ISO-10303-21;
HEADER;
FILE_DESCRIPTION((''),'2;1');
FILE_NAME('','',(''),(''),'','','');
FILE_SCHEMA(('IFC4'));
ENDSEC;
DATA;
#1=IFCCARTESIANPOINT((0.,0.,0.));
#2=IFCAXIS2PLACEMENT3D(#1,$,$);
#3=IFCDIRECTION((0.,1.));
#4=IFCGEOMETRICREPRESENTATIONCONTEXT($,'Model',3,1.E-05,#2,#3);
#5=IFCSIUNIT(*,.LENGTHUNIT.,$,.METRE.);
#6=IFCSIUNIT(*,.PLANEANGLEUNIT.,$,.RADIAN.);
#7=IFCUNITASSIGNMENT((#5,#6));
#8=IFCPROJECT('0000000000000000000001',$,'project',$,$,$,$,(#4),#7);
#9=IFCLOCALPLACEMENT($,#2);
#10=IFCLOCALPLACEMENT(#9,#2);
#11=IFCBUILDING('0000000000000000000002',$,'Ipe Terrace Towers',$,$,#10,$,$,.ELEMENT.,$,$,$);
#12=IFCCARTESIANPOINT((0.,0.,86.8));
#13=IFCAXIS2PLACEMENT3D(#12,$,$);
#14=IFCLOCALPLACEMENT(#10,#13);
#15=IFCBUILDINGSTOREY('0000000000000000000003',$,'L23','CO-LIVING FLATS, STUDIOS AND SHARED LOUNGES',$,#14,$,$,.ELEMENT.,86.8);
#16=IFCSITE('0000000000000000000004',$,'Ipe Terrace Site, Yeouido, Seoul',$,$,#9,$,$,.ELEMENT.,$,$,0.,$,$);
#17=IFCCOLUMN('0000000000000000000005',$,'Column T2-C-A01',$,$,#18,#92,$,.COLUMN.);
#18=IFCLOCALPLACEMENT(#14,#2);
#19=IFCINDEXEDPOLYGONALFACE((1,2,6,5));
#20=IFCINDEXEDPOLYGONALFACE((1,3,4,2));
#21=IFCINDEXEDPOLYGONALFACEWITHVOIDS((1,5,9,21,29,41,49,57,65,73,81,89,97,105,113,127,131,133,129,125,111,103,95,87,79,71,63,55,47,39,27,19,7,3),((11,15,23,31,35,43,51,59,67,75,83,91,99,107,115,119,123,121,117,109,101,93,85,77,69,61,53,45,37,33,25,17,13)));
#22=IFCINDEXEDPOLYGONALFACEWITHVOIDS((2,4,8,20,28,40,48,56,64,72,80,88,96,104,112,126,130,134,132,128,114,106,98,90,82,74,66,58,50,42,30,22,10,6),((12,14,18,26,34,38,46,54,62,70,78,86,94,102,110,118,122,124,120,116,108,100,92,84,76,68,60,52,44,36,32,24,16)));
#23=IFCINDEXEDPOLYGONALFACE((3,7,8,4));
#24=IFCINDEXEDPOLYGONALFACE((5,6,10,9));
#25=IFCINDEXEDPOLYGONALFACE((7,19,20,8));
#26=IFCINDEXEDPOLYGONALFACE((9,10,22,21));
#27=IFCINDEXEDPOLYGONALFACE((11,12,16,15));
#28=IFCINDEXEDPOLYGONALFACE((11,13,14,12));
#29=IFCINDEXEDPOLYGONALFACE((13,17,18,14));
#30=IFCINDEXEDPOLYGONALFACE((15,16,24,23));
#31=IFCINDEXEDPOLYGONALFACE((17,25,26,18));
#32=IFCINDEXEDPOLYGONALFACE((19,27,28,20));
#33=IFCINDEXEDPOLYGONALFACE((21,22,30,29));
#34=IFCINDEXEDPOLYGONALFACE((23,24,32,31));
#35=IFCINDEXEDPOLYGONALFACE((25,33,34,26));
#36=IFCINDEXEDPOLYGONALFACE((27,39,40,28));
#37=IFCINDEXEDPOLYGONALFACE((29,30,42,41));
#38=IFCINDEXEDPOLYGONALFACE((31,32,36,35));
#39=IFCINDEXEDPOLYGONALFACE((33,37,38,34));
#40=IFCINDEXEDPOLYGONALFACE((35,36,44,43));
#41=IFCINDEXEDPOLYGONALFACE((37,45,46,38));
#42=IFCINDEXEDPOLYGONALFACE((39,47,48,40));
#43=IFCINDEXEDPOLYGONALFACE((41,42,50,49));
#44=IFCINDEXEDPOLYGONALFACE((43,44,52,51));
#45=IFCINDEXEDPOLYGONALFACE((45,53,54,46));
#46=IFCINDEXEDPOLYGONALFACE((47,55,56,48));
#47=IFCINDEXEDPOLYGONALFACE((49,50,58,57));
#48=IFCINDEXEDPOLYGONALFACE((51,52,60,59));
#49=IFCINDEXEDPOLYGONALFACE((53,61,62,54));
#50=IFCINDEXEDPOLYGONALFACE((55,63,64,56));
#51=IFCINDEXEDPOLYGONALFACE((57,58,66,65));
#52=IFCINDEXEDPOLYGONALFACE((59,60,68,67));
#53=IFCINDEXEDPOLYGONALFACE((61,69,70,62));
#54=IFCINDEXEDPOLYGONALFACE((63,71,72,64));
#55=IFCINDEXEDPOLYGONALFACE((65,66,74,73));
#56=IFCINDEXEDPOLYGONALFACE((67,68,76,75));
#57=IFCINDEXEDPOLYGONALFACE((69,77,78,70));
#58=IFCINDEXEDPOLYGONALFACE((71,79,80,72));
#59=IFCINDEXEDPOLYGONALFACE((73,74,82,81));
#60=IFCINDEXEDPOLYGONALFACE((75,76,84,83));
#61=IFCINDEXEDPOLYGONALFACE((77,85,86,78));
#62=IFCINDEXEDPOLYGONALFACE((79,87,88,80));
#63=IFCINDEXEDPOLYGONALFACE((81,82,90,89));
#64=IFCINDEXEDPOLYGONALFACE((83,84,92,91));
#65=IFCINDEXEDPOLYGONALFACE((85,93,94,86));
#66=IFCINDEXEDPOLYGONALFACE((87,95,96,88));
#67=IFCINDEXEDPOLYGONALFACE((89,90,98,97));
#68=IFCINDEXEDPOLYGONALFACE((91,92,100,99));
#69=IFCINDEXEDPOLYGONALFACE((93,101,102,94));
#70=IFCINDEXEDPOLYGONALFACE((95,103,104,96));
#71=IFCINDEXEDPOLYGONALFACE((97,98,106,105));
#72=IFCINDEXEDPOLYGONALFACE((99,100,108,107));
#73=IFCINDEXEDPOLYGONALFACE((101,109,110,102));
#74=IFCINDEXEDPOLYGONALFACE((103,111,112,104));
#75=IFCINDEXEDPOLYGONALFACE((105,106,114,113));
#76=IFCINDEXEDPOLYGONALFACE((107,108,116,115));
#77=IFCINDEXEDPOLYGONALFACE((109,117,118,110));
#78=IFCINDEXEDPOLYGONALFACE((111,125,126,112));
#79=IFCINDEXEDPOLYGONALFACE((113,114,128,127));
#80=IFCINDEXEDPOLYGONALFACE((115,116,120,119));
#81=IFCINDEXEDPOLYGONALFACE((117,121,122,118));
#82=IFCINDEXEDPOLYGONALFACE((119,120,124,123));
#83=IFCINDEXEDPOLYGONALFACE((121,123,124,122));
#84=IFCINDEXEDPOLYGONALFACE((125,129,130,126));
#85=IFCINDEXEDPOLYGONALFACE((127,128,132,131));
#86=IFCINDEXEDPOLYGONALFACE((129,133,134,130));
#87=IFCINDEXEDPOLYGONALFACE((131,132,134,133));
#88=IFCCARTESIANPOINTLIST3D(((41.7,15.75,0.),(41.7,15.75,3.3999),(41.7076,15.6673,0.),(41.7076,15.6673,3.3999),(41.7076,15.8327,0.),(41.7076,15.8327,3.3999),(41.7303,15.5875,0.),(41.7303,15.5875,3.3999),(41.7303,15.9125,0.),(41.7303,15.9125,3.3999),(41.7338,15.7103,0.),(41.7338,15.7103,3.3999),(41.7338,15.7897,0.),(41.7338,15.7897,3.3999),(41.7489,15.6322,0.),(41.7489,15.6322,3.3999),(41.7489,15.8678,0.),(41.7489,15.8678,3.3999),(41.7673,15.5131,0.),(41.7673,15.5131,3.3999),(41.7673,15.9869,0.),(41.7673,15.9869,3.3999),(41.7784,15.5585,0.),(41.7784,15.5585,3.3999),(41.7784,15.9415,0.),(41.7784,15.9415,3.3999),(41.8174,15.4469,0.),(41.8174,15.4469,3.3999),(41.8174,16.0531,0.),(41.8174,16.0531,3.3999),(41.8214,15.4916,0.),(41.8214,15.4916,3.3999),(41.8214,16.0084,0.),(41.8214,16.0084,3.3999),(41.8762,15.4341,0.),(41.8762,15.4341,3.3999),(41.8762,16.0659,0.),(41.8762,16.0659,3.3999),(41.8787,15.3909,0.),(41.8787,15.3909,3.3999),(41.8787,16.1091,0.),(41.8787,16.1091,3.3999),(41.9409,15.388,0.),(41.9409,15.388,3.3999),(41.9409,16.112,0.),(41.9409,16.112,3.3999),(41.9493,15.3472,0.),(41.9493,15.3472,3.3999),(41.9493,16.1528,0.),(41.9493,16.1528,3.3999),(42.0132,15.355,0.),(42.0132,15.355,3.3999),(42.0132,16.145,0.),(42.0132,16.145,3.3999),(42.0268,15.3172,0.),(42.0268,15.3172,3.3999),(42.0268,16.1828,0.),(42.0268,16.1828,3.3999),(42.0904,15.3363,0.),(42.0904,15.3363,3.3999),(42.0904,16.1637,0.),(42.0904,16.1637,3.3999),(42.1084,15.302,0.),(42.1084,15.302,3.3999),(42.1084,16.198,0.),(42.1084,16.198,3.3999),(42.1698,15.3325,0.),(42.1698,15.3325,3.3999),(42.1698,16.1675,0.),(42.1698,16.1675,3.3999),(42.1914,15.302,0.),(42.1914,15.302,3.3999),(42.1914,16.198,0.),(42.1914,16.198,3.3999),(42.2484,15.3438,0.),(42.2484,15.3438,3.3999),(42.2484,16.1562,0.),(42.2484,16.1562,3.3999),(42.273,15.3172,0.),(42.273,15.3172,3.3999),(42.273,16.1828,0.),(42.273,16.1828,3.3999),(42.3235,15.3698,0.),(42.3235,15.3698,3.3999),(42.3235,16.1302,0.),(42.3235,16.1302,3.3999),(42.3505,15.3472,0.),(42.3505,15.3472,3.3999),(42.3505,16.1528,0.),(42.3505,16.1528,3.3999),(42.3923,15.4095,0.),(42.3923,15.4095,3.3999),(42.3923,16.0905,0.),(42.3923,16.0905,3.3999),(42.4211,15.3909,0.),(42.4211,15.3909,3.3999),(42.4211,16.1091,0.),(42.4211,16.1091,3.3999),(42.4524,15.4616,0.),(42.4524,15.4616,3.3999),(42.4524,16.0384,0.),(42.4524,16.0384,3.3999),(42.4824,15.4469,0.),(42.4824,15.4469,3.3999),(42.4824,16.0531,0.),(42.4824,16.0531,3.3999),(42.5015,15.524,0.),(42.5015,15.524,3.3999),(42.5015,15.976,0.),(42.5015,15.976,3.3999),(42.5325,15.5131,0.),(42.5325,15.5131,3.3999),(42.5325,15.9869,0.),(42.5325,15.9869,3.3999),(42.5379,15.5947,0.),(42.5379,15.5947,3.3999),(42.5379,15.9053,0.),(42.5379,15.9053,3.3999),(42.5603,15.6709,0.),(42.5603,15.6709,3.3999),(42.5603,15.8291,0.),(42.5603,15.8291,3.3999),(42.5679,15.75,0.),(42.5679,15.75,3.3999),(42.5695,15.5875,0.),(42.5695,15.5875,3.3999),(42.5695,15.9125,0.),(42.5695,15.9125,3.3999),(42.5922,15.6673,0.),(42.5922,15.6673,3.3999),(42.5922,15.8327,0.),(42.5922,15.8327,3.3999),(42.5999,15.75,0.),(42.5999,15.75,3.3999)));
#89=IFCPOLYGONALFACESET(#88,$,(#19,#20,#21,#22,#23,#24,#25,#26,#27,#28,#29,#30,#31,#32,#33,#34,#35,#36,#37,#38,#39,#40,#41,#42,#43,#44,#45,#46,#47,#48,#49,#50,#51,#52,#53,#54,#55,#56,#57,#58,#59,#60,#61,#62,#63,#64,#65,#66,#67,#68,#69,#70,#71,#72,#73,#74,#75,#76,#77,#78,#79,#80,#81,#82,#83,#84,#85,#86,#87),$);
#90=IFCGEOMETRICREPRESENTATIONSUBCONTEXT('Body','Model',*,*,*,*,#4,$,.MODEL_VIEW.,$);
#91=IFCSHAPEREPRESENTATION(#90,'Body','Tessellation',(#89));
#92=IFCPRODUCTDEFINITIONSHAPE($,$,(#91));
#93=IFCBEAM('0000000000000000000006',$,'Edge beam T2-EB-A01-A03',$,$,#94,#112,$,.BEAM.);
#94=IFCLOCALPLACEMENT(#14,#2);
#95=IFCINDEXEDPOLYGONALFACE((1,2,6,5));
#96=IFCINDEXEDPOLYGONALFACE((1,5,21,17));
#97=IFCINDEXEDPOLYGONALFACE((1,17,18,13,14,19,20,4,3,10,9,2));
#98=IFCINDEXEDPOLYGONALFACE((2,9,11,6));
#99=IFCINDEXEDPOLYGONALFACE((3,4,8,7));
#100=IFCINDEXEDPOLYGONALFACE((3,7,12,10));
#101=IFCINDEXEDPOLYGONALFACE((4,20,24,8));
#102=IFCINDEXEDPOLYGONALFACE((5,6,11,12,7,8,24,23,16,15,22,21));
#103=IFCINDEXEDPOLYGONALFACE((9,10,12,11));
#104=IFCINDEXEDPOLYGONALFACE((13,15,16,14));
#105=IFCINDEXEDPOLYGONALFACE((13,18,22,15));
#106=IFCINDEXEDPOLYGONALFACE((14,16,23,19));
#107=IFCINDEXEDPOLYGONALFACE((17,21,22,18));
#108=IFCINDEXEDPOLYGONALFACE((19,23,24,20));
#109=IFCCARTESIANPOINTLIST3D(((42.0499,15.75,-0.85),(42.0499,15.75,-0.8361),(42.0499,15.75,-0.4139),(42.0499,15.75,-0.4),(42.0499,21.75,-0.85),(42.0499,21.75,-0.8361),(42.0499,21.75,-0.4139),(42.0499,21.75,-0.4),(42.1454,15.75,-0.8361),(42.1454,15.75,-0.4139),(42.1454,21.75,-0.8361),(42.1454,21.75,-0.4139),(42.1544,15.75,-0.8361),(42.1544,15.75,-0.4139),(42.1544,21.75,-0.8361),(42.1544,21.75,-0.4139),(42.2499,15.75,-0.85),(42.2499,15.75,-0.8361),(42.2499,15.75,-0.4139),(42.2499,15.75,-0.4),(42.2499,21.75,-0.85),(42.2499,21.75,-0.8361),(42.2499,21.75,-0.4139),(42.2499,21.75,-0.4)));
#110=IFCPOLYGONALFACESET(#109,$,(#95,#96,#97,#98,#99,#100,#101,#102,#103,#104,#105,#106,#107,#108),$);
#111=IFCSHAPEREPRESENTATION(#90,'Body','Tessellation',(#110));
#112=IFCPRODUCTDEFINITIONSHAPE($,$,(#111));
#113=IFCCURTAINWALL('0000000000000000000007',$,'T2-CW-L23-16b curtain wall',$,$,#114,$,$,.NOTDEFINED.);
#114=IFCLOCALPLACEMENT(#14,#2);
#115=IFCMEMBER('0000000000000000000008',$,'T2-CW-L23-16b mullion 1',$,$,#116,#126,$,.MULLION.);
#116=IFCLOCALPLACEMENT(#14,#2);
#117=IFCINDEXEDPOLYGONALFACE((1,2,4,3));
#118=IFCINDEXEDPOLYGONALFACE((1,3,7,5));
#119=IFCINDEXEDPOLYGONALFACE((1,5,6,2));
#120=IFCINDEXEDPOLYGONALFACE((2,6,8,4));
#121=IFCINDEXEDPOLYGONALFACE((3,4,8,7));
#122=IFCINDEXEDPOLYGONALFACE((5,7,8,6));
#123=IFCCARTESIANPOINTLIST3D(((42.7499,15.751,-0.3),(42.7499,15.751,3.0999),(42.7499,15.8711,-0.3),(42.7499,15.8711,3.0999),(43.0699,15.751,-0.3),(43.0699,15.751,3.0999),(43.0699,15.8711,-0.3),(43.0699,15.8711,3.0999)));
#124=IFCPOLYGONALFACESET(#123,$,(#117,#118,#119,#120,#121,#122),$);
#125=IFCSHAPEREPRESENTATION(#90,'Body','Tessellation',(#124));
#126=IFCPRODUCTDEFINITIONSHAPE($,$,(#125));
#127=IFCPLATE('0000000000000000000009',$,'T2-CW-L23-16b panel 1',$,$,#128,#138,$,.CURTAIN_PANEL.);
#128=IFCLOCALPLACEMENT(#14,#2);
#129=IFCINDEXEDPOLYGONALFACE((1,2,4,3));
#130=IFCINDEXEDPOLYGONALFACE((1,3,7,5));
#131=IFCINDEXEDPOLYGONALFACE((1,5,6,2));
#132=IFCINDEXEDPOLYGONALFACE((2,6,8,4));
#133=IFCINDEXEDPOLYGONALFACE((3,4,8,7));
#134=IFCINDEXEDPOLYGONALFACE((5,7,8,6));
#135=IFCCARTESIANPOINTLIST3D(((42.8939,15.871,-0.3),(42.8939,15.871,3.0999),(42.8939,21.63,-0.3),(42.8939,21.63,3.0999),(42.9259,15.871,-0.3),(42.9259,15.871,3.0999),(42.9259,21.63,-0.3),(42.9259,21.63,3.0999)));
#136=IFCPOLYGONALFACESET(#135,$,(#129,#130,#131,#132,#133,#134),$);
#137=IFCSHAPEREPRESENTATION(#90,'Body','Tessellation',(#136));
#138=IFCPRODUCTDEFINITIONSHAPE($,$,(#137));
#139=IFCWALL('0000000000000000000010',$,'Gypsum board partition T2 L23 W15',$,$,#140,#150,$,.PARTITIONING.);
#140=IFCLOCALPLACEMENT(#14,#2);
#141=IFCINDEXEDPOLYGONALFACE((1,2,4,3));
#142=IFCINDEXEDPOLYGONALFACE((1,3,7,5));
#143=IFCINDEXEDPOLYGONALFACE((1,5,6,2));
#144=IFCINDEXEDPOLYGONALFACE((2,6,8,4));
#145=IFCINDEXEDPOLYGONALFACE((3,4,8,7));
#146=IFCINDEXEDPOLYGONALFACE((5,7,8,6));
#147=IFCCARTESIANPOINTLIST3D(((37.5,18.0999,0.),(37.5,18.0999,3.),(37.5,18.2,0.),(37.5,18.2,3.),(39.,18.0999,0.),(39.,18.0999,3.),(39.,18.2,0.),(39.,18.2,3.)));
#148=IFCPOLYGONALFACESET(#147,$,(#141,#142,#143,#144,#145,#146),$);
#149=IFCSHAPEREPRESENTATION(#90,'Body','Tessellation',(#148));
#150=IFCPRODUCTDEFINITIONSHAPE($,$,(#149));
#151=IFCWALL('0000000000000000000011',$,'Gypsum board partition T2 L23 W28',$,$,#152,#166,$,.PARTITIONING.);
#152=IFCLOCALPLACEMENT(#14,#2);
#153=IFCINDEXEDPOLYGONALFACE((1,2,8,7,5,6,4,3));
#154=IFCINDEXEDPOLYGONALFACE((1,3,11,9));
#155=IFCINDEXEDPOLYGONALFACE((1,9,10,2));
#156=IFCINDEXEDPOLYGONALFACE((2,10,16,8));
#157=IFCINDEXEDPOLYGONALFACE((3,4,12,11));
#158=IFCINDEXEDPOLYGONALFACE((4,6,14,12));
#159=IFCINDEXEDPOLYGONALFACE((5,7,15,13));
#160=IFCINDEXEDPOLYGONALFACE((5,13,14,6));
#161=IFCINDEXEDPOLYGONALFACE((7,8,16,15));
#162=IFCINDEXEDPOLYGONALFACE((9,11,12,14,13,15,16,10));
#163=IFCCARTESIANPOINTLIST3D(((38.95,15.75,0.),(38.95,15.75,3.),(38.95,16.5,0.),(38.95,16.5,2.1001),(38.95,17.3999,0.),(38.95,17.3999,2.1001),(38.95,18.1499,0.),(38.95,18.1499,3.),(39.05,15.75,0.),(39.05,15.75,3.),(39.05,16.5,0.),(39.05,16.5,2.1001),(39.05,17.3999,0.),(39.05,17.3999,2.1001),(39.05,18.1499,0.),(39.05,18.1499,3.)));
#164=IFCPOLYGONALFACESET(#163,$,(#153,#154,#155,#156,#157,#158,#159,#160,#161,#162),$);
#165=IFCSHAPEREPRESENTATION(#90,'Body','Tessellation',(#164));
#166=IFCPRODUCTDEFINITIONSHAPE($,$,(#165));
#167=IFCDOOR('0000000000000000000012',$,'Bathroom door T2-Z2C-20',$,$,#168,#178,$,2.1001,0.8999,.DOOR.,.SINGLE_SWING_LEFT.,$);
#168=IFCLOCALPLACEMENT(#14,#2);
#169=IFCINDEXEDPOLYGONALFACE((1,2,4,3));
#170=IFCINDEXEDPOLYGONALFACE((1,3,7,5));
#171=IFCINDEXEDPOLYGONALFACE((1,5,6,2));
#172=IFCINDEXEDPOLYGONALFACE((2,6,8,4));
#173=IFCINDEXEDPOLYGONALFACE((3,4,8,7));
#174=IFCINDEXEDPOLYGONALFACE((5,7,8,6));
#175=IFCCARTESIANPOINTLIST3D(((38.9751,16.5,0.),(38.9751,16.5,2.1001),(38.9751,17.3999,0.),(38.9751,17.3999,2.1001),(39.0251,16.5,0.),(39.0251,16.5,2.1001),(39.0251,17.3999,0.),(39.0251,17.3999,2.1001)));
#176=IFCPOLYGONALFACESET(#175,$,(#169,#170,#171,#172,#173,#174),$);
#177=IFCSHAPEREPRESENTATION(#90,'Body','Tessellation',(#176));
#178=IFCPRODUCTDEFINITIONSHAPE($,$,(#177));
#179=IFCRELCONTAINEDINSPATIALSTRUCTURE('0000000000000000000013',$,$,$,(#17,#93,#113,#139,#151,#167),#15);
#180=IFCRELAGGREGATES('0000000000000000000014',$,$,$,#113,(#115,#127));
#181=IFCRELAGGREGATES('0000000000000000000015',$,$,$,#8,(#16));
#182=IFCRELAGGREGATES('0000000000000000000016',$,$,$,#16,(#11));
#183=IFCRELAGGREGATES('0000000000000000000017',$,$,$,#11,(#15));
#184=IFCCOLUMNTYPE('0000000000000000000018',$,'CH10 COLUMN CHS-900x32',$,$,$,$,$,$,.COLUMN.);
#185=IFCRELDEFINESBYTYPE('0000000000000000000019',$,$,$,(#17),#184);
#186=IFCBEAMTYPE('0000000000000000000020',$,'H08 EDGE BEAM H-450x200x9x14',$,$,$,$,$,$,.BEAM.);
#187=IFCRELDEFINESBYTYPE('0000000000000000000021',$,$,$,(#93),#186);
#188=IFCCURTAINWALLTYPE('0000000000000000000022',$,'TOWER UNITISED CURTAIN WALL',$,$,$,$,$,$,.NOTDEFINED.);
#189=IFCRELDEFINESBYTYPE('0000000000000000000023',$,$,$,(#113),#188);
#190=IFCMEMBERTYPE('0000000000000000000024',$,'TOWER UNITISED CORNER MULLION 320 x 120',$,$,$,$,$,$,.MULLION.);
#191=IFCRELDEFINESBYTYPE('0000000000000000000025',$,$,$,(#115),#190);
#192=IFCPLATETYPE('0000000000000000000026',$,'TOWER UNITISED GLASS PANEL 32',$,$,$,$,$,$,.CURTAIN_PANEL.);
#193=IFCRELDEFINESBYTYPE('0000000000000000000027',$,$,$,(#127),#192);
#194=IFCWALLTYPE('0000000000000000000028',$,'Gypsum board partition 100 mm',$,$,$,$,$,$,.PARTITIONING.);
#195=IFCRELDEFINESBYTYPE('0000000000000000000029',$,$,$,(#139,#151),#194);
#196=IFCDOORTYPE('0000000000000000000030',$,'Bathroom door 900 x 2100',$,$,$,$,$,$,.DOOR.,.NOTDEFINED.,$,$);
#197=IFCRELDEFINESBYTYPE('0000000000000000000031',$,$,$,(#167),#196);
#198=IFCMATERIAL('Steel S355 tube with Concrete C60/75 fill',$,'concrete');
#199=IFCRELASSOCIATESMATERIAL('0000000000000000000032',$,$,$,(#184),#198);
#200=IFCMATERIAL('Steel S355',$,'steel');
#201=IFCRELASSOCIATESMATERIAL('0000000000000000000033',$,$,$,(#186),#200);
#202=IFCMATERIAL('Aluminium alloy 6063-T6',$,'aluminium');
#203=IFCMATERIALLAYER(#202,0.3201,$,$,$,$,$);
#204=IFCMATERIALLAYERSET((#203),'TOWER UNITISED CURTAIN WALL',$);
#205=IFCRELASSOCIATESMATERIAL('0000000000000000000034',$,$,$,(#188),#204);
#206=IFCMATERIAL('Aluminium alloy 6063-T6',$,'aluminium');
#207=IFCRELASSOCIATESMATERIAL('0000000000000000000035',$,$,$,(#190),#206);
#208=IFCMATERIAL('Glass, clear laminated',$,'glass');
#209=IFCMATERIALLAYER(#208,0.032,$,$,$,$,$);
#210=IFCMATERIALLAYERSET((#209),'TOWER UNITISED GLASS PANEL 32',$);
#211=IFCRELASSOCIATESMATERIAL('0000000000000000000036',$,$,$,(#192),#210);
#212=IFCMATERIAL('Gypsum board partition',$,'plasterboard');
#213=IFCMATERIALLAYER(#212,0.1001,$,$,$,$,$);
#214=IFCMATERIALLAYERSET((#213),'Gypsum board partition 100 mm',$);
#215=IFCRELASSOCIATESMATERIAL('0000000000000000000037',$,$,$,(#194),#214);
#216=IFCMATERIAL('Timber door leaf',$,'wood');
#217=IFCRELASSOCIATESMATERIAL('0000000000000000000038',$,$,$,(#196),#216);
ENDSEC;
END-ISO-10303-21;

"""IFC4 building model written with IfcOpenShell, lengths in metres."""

from ifc_helpers import new_model, si_unit, direction, frame, frame_2d, origin, origin_2d, place, context, subcontext, project, spatial, rectangle, hollow_circle, i_section, extrude, material, layer, layer_set, material_profile, profile_set, type_object, element, fill, aggregate, save


model = new_model("IFC4")

# Units and contexts
model_context = context("Model", 3, precision=1e-05, world=origin(), true_north=direction((0.0, 1.0)))
body_context = subcontext(model_context, "Body", "Model", "MODEL_VIEW")
ifc_project = project(units=[si_unit("LENGTHUNIT", "METRE"), si_unit("PLANEANGLEUNIT", "RADIAN")], contexts=[model_context])

# Site, building, storey
site_placement = place(None, origin())
site = spatial("IfcSite", under=ifc_project, at=site_placement, Name="Ipe Terrace Site, Yeouido, Seoul", CompositionType="ELEMENT", RefElevation=0.0)
building_placement = place(site_placement, origin())
building = spatial("IfcBuilding", under=site, at=building_placement, Name="Ipe Terrace Towers", CompositionType="ELEMENT")
storey_placement = place(building_placement, frame((0.0, 0.0, 86.8)))
storey = spatial("IfcBuildingStorey", under=building, at=storey_placement, Name="L23", Description="CO-LIVING FLATS, STUDIOS AND SHARED LOUNGES", CompositionType="ELEMENT", Elevation=86.8)

# Column
ifc_material_1 = material(Name="Steel S355 tube with Concrete C60/75 fill", Category="concrete")
ifc_material_profile_1 = material_profile(ifc_material_1, hollow_circle(Radius=0.45, WallThickness=0.032, at=origin_2d()), Name="CHS-900x32")
ifc_profile_set_1 = profile_set([ifc_material_profile_1], Name="Steel S355 tube with Concrete C60/75 fill")
column_type = type_object("IfcColumnType", Name="CH10 COLUMN CHS-900x32", PredefinedType="COLUMN", material=ifc_profile_set_1)
column_placement = place(storey_placement, frame((42.1499, 15.75, 0.0), z_axis=(0.0, 0.0, 1.0), x_axis=(1.0, 0.0, 0.0)))
element("IfcColumn", 1, at=column_placement, inside=storey, type_object=column_type, Name="Column T2-C-A01", PredefinedType="COLUMN", context=body_context, shape_type="SweptSolid", body=[
    extrude(hollow_circle(Radius=0.45, WallThickness=0.032, at=origin_2d()), origin(), (0.0, 0.0, 1.0), 3.3999),
])

# Beam
ifc_material_2 = material(Name="Steel S355", Category="steel")
ifc_material_profile_2 = material_profile(ifc_material_2, i_section(OverallWidth=0.2, OverallDepth=0.45, WebThickness=0.009, FlangeThickness=0.0139, at=origin_2d()), Name="H-450x200x9x14")
ifc_profile_set_2 = profile_set([ifc_material_profile_2], Name="Steel S355")
beam_type = type_object("IfcBeamType", Name="H08 EDGE BEAM H-450x200x9x14", PredefinedType="BEAM", material=ifc_profile_set_2)
beam_placement = place(storey_placement, frame((42.1499, 15.75, -0.625), z_axis=(0.0, 1.0, 0.0), x_axis=(-1.0, 0.0, 0.0)))
element("IfcBeam", 2, at=beam_placement, inside=storey, type_object=beam_type, Name="Edge beam T2-EB-A01-A03", PredefinedType="BEAM", context=body_context, shape_type="SweptSolid", body=[
    extrude(i_section(OverallWidth=0.2, OverallDepth=0.45, WebThickness=0.009, FlangeThickness=0.0139, at=origin_2d()), origin(), (0.0, 0.0, 1.0), 6.0),
])

# Curtain wall, member, plate
ifc_material_3 = material(Name="Aluminium alloy 6063-T6", Category="aluminium")
ifc_layer_1 = layer(ifc_material_3, 0.3201)
ifc_layer_set_1 = layer_set([ifc_layer_1], Name="TOWER UNITISED CURTAIN WALL")
curtain_wall_type = type_object("IfcCurtainWallType", Name="TOWER UNITISED CURTAIN WALL", PredefinedType="NOTDEFINED", material=ifc_layer_set_1)
curtain_wall_placement = place(storey_placement, origin())
curtain_wall = element("IfcCurtainWall", 3, at=curtain_wall_placement, inside=storey, type_object=curtain_wall_type, Name="T2-CW-L23-16b curtain wall", PredefinedType="NOTDEFINED")
ifc_material_4 = material(Name="Aluminium alloy 6063-T6", Category="aluminium")
ifc_material_profile_3 = material_profile(ifc_material_4, rectangle(XDim=0.3201, YDim=0.1201, at=origin_2d()), Name="TOWER UNITISED CORNER MULLION 320 x 120")
ifc_profile_set_3 = profile_set([ifc_material_profile_3], Name="Aluminium alloy 6063-T6")
member_type = type_object("IfcMemberType", Name="TOWER UNITISED CORNER MULLION 320 x 120", PredefinedType="MULLION", material=ifc_profile_set_3)
member_placement = place(storey_placement, frame((42.9099, 15.811, -0.3), z_axis=(0.0, 0.0, 1.0), x_axis=(1.0, 0.0, 0.0)))
member = element("IfcMember", 4, at=member_placement, type_object=member_type, Name="T2-CW-L23-16b mullion 1", PredefinedType="MULLION", context=body_context, shape_type="SweptSolid", body=[
    extrude(rectangle(XDim=0.3201, YDim=0.1201, at=origin_2d()), origin(), (0.0, 0.0, 1.0), 3.3999),
])
ifc_material_5 = material(Name="Glass, clear laminated", Category="glass")
ifc_layer_2 = layer(ifc_material_5, 0.032)
ifc_layer_set_2 = layer_set([ifc_layer_2], Name="TOWER UNITISED GLASS PANEL 32")
plate_type = type_object("IfcPlateType", Name="TOWER UNITISED GLASS PANEL 32", PredefinedType="CURTAIN_PANEL", material=ifc_layer_set_2)
plate_placement = place(storey_placement, frame((42.9099, 18.7505, -0.3), z_axis=(0.0, 0.0, 1.0), x_axis=(0.0, 1.0, 0.0)))
plate = element("IfcPlate", 5, at=plate_placement, type_object=plate_type, Name="T2-CW-L23-16b panel 1", PredefinedType="CURTAIN_PANEL", context=body_context, shape_type="SweptSolid", body=[
    extrude(rectangle(XDim=5.759, YDim=0.032, at=origin_2d()), origin(), (0.0, 0.0, 1.0), 3.3999),
])
aggregate(curtain_wall, [member, plate])

# Wall
ifc_material_6 = material(Name="Gypsum board partition", Category="plasterboard")
ifc_layer_3 = layer(ifc_material_6, 0.1001)
ifc_layer_set_3 = layer_set([ifc_layer_3], Name="Gypsum board partition 100 mm")
wall_type_1 = type_object("IfcWallType", Name="Gypsum board partition 100 mm", PredefinedType="PARTITIONING", material=ifc_layer_set_3)
wall_1_placement = place(storey_placement, frame((39.0, 18.1499, 0.0), z_axis=(0.0, 0.0, 1.0), x_axis=(-1.0, 0.0, 0.0)))
element("IfcWall", 6, at=wall_1_placement, inside=storey, type_object=wall_type_1, Name="Gypsum board partition T2 L23 W15", PredefinedType="PARTITIONING", context=body_context, shape_type="SweptSolid", body=[
    extrude(rectangle(XDim=1.5, YDim=0.1001, at=frame_2d((0.75, 0.0))), origin(), (0.0, 0.0, 1.0), 3.0),
])

# Wall, opening, door
wall_2_placement = place(storey_placement, frame((39.0, 15.75, 0.0), z_axis=(0.0, 0.0, 1.0), x_axis=(0.0, 1.0, 0.0)))
wall_2 = element("IfcWall", 7, at=wall_2_placement, inside=storey, type_object=wall_type_1, Name="Gypsum board partition T2 L23 W28", PredefinedType="PARTITIONING", context=body_context, shape_type="SweptSolid", body=[
    extrude(rectangle(XDim=2.3999, YDim=0.1001, at=frame_2d((1.2, 0.0))), origin(), (0.0, 0.0, 1.0), 3.0),
])
opening_1_placement = place(wall_2_placement, frame((0.75, 0.0, 0.0)))
opening_1 = element("IfcOpeningElement", 8, at=opening_1_placement, cuts=wall_2, PredefinedType="OPENING", context=body_context, shape_type="SweptSolid", body=[
    extrude(rectangle(XDim=0.8999, YDim=2.1001, at=frame_2d((0.45, 1.05))), frame((0.0, 0.0601, 0.0), z_axis=(0.0, -1.0, 0.0), x_axis=(1.0, 0.0, 0.0)), (0.0, 0.0, 1.0), 0.1201),
])
ifc_material_7 = material(Name="Timber door leaf", Category="wood")
door_type_1 = type_object("IfcDoorType", Name="Bathroom door 900 x 2100", OperationType="NOTDEFINED", PredefinedType="DOOR", material=ifc_material_7)
door_1_placement = place(opening_1_placement, origin())
door_1 = element("IfcDoor", 9, at=door_1_placement, inside=storey, type_object=door_type_1, Name="Bathroom door T2-Z2C-20", OperationType="SINGLE_SWING_LEFT", OverallHeight=2.1001, OverallWidth=0.8999, PredefinedType="DOOR", context=body_context, shape_type="SweptSolid", body=[
    extrude(rectangle(XDim=0.8999, YDim=2.1001, at=frame_2d((0.45, 1.05))), frame((0.0, 0.0249, 0.0), z_axis=(0.0, -1.0, 0.0), x_axis=(1.0, 0.0, 0.0)), (0.0, 0.0, 1.0), 0.05),
])
fill(opening_1, door_1)

save(model, "model.ifc")
